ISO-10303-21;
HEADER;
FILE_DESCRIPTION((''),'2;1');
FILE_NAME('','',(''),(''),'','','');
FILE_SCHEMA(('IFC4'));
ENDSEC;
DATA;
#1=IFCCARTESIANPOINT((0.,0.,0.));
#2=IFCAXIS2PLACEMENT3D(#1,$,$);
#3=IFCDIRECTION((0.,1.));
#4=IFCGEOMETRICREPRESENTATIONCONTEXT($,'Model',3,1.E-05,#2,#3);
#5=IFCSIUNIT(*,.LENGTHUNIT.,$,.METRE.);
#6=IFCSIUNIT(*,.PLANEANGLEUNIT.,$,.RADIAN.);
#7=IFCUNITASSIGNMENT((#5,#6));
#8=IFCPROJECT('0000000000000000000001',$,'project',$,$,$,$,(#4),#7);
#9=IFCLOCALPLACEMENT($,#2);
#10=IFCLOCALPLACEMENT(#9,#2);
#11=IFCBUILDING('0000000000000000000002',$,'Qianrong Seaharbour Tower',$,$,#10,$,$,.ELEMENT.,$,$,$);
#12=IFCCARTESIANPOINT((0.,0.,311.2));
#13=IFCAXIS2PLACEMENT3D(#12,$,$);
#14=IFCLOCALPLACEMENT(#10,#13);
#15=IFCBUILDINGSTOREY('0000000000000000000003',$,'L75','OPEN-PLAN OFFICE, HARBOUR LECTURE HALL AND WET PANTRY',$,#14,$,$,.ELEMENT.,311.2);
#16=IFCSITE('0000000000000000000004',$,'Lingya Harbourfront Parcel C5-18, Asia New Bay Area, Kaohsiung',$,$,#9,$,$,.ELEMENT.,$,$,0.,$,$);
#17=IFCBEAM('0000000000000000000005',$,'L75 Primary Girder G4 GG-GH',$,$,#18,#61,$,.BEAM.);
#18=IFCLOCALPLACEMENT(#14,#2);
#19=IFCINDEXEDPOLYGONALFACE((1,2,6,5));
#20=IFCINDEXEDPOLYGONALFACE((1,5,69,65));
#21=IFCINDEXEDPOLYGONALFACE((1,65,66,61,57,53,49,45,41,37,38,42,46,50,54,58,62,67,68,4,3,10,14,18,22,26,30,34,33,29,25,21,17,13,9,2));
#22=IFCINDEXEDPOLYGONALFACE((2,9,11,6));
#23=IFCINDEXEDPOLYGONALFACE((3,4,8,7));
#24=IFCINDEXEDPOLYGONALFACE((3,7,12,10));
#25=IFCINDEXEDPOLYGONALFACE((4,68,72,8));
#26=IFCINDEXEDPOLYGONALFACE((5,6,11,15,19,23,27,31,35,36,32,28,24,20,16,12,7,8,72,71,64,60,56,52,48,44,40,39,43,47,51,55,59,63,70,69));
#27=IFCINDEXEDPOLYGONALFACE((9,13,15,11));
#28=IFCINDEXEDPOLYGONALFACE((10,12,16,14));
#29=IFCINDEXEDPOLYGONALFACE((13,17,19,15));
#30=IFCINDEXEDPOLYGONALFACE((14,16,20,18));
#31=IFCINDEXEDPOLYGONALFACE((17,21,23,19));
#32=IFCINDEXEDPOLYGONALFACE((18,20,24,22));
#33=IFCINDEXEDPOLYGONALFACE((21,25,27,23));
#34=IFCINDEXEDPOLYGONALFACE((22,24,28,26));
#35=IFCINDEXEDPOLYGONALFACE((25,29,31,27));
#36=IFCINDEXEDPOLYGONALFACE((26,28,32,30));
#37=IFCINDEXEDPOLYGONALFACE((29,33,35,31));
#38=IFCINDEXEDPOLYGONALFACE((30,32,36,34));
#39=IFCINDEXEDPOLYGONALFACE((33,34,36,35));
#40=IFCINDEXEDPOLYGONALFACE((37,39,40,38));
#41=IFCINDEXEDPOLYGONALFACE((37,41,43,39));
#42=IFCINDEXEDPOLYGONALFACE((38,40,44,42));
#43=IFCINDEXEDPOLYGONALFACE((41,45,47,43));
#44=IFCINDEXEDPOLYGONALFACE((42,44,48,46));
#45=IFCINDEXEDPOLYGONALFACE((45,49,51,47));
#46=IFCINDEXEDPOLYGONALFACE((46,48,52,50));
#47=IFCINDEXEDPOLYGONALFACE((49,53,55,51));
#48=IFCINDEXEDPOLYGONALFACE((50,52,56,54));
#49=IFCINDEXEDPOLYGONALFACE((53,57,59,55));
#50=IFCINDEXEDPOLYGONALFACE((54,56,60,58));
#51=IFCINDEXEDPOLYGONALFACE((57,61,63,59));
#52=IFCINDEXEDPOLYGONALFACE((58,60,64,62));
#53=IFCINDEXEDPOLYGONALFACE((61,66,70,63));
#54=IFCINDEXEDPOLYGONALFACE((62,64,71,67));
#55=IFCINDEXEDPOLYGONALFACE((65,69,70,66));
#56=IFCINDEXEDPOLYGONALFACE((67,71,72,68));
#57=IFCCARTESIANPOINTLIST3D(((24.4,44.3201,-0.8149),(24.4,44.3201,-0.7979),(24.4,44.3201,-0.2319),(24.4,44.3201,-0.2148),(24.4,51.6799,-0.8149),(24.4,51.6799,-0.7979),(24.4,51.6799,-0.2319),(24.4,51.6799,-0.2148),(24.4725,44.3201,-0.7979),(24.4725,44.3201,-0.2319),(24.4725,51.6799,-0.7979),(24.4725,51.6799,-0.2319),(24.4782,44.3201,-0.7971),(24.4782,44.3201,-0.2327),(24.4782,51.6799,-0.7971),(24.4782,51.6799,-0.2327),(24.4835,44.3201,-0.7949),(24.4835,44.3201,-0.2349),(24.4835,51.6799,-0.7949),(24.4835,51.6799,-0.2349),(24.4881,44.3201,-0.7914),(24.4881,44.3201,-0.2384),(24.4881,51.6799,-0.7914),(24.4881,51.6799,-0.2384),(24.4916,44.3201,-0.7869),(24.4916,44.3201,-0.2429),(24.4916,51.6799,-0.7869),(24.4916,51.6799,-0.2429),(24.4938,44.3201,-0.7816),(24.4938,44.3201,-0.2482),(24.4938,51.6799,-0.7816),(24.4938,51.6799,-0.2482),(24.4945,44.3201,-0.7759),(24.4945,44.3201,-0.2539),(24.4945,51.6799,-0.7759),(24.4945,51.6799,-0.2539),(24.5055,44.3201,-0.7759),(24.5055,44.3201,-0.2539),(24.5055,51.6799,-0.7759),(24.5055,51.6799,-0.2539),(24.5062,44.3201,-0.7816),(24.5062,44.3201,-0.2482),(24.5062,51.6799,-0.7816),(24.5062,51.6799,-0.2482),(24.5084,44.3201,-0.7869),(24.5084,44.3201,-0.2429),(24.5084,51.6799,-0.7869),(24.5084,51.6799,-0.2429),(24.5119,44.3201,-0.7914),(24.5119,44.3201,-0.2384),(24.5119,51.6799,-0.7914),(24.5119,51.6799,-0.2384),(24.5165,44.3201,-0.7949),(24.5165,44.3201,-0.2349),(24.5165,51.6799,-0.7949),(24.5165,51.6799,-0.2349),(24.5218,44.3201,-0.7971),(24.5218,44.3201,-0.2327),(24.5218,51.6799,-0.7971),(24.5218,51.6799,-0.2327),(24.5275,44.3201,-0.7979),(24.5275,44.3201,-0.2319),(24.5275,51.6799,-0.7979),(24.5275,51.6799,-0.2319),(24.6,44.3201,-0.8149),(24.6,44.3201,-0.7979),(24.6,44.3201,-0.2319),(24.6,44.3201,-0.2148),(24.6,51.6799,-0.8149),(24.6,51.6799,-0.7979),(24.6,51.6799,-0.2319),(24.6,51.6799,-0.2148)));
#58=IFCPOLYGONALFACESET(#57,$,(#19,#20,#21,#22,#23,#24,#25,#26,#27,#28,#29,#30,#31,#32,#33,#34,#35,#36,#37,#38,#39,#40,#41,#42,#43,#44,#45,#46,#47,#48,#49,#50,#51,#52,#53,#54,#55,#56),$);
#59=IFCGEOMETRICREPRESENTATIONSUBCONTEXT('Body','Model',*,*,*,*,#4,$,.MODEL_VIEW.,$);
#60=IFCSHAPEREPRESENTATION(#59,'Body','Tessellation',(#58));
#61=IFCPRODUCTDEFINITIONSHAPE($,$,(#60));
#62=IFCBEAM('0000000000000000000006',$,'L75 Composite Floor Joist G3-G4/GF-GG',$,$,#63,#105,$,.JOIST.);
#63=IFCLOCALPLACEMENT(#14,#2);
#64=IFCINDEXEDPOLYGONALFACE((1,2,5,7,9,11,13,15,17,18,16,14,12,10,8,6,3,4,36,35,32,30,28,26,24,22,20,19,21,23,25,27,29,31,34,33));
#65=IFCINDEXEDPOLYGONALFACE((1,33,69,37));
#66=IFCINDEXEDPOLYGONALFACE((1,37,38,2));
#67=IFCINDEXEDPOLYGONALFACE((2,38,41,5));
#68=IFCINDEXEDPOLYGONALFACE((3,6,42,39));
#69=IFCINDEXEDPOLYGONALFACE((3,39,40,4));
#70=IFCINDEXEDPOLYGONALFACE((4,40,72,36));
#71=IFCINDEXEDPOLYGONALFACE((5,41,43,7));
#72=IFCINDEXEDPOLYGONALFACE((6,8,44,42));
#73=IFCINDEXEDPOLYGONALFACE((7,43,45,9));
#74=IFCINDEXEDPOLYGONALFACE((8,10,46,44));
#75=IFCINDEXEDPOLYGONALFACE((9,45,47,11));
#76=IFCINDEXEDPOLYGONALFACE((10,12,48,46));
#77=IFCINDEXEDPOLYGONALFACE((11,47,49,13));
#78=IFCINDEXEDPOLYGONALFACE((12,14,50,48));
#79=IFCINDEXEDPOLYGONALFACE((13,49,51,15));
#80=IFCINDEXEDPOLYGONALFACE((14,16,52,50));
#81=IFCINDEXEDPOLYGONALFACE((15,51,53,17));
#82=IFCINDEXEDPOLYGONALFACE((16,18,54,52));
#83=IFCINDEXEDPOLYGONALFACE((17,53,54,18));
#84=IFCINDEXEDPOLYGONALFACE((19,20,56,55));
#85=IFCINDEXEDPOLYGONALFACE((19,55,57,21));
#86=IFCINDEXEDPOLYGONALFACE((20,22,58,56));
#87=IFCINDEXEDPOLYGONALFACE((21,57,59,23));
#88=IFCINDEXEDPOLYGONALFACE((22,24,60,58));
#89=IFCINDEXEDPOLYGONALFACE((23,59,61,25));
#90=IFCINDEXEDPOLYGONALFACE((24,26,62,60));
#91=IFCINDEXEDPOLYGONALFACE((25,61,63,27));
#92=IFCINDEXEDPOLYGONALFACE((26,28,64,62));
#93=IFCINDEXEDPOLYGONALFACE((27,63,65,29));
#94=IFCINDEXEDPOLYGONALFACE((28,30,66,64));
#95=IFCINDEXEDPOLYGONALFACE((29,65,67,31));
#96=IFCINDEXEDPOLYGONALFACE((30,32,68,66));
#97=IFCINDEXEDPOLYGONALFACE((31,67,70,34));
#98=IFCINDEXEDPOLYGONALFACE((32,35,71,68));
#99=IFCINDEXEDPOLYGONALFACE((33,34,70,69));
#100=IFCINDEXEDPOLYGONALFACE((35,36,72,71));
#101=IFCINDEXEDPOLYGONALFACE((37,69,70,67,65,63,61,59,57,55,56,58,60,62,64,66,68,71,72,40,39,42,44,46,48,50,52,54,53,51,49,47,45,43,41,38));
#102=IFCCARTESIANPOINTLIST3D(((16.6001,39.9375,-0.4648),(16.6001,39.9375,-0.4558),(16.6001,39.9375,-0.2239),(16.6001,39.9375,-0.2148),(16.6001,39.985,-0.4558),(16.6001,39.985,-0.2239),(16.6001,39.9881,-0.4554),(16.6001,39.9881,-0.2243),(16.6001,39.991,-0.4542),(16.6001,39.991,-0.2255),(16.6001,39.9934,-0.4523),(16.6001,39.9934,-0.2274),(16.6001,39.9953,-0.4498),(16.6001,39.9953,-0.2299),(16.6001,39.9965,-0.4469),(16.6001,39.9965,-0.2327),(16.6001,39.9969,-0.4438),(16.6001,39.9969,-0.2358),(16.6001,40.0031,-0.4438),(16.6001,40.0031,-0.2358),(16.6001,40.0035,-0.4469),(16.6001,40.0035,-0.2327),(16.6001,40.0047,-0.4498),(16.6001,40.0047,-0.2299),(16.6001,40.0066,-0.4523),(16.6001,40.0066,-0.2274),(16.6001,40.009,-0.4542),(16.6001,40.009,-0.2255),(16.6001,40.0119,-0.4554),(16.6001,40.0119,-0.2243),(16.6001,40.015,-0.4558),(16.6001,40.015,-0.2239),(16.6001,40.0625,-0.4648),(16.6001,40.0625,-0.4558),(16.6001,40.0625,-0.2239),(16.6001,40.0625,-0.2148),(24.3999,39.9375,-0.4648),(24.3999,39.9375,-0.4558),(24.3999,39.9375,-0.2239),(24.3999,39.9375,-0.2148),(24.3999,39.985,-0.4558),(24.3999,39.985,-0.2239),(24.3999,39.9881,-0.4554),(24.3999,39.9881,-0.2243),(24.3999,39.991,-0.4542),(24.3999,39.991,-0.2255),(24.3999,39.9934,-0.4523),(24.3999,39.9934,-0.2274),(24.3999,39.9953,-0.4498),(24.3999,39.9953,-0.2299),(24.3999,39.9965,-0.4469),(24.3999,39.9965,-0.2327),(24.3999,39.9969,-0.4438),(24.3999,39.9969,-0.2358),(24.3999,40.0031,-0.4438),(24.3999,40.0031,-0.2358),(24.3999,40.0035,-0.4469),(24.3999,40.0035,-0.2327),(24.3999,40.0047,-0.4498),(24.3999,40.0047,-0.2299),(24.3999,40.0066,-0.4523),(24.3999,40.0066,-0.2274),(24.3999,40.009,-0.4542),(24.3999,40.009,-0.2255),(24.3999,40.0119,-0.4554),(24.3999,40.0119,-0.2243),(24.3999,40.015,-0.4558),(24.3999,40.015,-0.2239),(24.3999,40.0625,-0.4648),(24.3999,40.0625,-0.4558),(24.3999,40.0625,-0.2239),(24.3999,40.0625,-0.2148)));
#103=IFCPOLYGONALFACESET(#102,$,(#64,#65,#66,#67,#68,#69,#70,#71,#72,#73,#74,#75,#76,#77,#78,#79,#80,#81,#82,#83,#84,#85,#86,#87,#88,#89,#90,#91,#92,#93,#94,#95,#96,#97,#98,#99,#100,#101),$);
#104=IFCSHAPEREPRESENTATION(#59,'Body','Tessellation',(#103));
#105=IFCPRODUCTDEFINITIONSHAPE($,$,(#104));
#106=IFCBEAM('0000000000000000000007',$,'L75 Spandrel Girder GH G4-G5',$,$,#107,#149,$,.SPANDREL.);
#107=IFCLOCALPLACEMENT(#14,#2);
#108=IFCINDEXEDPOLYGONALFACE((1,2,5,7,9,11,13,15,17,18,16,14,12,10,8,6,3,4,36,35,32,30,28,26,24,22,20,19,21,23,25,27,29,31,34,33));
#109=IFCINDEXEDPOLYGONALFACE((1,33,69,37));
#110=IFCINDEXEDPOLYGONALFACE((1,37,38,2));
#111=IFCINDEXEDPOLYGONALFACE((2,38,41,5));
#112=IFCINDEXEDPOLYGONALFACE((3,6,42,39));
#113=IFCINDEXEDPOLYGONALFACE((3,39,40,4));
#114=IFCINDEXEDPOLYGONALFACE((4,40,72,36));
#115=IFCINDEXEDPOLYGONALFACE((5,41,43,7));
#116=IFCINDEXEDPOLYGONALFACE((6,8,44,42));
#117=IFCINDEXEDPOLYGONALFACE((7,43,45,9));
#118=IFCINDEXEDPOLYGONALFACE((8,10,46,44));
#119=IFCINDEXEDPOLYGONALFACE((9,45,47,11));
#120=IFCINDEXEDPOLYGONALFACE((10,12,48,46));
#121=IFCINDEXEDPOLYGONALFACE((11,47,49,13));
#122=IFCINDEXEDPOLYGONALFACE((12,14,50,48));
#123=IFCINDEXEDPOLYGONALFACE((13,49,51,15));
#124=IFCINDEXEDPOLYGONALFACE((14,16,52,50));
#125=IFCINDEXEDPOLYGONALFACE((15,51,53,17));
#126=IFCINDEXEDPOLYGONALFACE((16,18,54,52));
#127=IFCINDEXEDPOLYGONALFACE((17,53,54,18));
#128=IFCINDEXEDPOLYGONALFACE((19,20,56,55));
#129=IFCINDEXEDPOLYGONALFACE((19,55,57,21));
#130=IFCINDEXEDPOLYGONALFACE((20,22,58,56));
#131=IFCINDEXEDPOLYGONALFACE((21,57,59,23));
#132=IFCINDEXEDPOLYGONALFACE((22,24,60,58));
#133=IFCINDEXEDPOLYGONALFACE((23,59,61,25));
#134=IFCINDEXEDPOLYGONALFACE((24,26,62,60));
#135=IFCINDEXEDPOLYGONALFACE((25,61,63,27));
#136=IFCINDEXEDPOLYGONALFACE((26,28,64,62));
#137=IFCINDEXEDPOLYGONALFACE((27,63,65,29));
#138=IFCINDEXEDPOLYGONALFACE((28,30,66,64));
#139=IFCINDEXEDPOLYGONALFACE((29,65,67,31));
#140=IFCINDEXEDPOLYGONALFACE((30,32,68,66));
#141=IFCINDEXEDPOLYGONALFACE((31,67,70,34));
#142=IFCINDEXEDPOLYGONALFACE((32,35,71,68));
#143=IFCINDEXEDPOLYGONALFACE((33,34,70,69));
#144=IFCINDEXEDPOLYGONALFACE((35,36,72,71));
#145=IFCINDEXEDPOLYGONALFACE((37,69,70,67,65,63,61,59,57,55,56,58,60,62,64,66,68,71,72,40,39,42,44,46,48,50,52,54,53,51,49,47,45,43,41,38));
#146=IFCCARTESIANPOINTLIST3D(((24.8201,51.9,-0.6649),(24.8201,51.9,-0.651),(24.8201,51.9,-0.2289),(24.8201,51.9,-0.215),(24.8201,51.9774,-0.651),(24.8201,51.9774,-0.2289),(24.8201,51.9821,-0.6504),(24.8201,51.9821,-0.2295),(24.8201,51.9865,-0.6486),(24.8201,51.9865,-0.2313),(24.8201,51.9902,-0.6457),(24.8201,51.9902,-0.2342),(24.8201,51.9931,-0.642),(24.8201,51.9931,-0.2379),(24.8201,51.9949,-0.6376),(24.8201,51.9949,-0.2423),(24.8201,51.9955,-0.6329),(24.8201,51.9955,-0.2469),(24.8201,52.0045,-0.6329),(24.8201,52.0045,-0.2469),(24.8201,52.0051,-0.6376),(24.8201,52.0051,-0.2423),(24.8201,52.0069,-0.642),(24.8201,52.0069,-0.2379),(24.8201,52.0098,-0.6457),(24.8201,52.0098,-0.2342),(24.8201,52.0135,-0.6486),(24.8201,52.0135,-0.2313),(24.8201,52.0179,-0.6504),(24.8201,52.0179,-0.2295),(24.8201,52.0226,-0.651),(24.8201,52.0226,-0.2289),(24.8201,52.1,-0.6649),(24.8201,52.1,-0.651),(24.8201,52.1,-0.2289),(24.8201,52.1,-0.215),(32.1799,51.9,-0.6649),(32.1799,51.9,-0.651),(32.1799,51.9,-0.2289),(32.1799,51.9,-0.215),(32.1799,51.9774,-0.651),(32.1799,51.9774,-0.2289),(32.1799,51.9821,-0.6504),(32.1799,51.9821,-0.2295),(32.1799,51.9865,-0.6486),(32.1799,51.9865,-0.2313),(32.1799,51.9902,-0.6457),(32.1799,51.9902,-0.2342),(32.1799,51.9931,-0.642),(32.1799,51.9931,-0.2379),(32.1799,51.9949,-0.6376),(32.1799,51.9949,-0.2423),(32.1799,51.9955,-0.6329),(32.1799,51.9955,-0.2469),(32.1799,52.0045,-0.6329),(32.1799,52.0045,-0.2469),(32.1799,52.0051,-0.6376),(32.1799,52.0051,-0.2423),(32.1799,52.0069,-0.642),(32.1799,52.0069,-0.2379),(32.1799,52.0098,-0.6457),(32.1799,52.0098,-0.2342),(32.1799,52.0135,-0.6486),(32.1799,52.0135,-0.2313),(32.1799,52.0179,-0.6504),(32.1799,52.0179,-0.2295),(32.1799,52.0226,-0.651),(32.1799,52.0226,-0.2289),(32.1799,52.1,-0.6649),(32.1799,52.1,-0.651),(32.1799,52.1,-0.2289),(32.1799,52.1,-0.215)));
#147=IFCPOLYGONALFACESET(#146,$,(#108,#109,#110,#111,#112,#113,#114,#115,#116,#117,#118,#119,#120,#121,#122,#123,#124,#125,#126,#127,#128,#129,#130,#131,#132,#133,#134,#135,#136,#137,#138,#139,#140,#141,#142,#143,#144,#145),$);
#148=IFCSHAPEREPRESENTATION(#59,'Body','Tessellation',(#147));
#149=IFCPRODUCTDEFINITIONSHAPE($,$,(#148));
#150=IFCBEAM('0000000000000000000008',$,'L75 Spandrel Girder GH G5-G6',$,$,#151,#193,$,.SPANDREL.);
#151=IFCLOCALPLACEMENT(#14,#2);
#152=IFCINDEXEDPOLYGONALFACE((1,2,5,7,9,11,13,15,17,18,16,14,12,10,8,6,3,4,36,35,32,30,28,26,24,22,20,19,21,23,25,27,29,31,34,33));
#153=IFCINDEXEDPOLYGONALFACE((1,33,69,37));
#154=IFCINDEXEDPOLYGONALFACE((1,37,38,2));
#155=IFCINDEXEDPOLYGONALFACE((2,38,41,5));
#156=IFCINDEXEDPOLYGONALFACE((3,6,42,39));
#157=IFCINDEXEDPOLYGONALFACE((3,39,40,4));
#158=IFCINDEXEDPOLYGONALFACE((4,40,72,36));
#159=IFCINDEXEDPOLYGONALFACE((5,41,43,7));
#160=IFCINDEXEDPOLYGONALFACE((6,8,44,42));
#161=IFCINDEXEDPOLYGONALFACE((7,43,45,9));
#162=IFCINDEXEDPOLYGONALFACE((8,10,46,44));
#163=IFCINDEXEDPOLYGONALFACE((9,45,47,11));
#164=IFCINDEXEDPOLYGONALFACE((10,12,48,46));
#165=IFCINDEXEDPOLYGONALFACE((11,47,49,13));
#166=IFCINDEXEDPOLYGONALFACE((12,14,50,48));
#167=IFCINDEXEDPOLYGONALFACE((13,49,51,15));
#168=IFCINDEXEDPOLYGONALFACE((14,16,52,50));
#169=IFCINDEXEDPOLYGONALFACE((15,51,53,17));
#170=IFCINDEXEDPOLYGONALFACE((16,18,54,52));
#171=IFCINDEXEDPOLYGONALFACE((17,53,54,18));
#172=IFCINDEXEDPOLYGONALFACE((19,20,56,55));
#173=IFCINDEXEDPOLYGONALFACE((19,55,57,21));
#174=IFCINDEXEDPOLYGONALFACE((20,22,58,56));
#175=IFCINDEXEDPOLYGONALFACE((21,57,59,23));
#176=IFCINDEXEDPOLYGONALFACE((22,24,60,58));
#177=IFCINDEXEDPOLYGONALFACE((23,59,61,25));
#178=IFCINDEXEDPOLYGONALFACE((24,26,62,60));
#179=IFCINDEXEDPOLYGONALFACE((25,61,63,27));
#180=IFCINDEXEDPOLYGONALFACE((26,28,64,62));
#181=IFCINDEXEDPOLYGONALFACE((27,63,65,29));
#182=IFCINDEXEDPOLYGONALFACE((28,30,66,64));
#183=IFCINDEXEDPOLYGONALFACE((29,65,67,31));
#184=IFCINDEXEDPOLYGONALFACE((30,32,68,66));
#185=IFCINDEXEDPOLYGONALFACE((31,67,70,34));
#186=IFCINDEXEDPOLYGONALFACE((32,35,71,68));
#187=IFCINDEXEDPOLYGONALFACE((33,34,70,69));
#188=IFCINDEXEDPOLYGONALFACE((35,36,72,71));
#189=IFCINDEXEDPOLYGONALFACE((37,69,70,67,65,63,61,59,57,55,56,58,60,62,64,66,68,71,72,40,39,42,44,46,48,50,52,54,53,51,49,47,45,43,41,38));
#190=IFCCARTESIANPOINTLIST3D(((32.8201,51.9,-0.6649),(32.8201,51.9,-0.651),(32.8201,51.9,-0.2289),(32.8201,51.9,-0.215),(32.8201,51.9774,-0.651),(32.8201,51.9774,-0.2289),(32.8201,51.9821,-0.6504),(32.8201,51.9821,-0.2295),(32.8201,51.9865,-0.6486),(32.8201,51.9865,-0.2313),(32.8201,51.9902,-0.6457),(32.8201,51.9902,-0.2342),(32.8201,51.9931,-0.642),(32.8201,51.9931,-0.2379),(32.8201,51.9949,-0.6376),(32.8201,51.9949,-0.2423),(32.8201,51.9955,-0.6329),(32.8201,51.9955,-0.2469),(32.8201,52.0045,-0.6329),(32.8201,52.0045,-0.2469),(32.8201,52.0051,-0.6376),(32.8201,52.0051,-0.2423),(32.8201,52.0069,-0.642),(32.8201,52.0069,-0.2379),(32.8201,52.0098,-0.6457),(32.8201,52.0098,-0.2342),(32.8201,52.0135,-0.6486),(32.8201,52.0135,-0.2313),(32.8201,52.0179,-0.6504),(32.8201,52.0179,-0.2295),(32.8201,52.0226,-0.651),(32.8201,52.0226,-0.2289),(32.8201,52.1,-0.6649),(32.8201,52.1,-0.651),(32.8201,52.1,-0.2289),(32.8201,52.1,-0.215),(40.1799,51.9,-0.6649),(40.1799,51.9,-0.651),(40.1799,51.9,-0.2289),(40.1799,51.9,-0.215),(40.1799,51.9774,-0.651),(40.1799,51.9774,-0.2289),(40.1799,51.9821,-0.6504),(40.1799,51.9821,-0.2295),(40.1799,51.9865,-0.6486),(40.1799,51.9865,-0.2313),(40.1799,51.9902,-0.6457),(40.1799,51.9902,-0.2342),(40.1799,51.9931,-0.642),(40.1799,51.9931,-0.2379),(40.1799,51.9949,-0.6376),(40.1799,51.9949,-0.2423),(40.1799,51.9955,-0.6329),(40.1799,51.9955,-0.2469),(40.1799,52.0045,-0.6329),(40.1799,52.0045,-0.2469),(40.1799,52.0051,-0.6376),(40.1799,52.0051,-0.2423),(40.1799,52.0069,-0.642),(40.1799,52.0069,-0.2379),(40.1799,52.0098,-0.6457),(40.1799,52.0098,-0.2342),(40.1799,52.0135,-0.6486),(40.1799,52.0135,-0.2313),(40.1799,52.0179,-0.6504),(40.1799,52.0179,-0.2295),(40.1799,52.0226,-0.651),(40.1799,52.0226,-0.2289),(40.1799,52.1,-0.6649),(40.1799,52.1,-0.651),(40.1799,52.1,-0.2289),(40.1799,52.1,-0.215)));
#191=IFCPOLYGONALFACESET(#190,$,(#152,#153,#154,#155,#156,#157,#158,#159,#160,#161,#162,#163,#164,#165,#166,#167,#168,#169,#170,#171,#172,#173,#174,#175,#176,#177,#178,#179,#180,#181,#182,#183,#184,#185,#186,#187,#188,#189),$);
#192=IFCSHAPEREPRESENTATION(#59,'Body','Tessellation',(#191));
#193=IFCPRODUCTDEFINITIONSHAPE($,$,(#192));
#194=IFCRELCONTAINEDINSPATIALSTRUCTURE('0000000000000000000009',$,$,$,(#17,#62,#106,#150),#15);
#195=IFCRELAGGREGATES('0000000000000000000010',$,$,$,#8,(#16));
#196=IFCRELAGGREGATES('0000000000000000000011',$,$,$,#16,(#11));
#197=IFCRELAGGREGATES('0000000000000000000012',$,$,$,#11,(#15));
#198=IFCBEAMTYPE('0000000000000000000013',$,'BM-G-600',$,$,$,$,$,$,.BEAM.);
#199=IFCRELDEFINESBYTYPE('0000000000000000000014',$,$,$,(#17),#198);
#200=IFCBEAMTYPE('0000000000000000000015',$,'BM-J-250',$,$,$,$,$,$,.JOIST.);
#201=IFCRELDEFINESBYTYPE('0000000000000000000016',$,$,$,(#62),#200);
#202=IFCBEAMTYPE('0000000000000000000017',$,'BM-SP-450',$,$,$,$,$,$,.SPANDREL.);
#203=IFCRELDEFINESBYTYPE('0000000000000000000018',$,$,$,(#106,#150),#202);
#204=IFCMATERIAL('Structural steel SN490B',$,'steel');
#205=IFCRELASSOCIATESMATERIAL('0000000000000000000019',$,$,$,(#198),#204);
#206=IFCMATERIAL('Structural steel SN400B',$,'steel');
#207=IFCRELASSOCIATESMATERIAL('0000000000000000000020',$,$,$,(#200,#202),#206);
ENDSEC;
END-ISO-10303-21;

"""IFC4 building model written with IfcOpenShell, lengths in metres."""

from ifc_helpers import new_model, si_unit, direction, frame, origin, origin_2d, place, context, subcontext, project, spatial, i_section, extrude, material, material_profile, profile_set, type_object, element, save


model = new_model("IFC4")

# Units and contexts
model_context = context("Model", 3, precision=1e-05, world=origin(), true_north=direction((0.0, 1.0)))
body_context = subcontext(model_context, "Body", "Model", "MODEL_VIEW")
ifc_project = project(units=[si_unit("LENGTHUNIT", "METRE"), si_unit("PLANEANGLEUNIT", "RADIAN")], contexts=[model_context])

# Site, building, storey
site_placement = place(None, origin())
site = spatial("IfcSite", under=ifc_project, at=site_placement, Name="Lingya Harbourfront Parcel C5-18, Asia New Bay Area, Kaohsiung", CompositionType="ELEMENT", RefElevation=0.0)
building_placement = place(site_placement, origin())
building = spatial("IfcBuilding", under=site, at=building_placement, Name="Qianrong Seaharbour Tower", CompositionType="ELEMENT")
storey_placement = place(building_placement, frame((0.0, 0.0, 311.2)))
storey = spatial("IfcBuildingStorey", under=building, at=storey_placement, Name="L75", Description="OPEN-PLAN OFFICE, HARBOUR LECTURE HALL AND WET PANTRY", CompositionType="ELEMENT", Elevation=311.2)

# Shared definitions
ifc_material_1 = material(Name="Structural steel SN490B", Category="steel")
ifc_material_2 = material(Name="Structural steel SN400B", Category="steel")

# Beams
ifc_material_profile_1 = material_profile(ifc_material_1, i_section(OverallWidth=0.2, OverallDepth=0.6001, WebThickness=0.011, FlangeThickness=0.0171, FilletRadius=0.022, at=origin_2d()), Name="H600x200x11x17")
ifc_profile_set_1 = profile_set([ifc_material_profile_1], Name="Structural steel SN490B")
beam_type_1 = type_object("IfcBeamType", Name="BM-G-600", PredefinedType="BEAM", material=ifc_profile_set_1)
for number, where, z_axis, x_axis, name in (
    (1, (24.5, 44.3201, -0.5149), (0.0, 1.0, 0.0), (-1.0, 0.0, 0.0), "L75 Primary Girder G4 GG-GH"),
):
    element("IfcBeam", number, at=place(storey_placement, frame(where, z_axis=z_axis, x_axis=x_axis)), inside=storey, type_object=beam_type_1, Name=name, PredefinedType="BEAM", context=body_context, shape_type="SweptSolid", body=[
        extrude(i_section(OverallWidth=0.2, OverallDepth=0.6001, WebThickness=0.011, FlangeThickness=0.0171, FilletRadius=0.022, at=origin_2d()), origin(), (0.0, 0.0, 1.0), 7.3599),
    ])
ifc_material_profile_2 = material_profile(ifc_material_2, i_section(OverallWidth=0.125, OverallDepth=0.25, WebThickness=0.0061, FlangeThickness=0.009, FilletRadius=0.012, at=origin_2d()), Name="H250x125x6x9")
ifc_profile_set_2 = profile_set([ifc_material_profile_2], Name="Structural steel SN400B")
beam_type_2 = type_object("IfcBeamType", Name="BM-J-250", PredefinedType="JOIST", material=ifc_profile_set_2)
beam_1_placement = place(storey_placement, frame((16.6001, 40.0, -0.3398), z_axis=(1.0, 0.0, 0.0), x_axis=(0.0, 1.0, 0.0)))
element("IfcBeam", 2, at=beam_1_placement, inside=storey, type_object=beam_type_2, Name="L75 Composite Floor Joist G3-G4/GF-GG", PredefinedType="JOIST", context=body_context, shape_type="SweptSolid", body=[
    extrude(i_section(OverallWidth=0.125, OverallDepth=0.25, WebThickness=0.0061, FlangeThickness=0.009, FilletRadius=0.012, at=origin_2d()), origin(), (0.0, 0.0, 1.0), 7.7998),
])
ifc_material_profile_3 = material_profile(ifc_material_2, i_section(OverallWidth=0.2, OverallDepth=0.45, WebThickness=0.009, FlangeThickness=0.0139, FilletRadius=0.0181, at=origin_2d()), Name="H450x200x9x14")
ifc_profile_set_3 = profile_set([ifc_material_profile_3], Name="Structural steel SN400B")
beam_type_3 = type_object("IfcBeamType", Name="BM-SP-450", PredefinedType="SPANDREL", material=ifc_profile_set_3)
for number, where, z_axis, x_axis, name in (
    (3, (24.8201, 52.0, -0.4399), (1.0, 0.0, 0.0), (0.0, 1.0, 0.0), "L75 Spandrel Girder GH G4-G5"),
    (4, (32.8201, 52.0, -0.4399), (1.0, 0.0, 0.0), (0.0, 1.0, 0.0), "L75 Spandrel Girder GH G5-G6"),
):
    element("IfcBeam", number, at=place(storey_placement, frame(where, z_axis=z_axis, x_axis=x_axis)), inside=storey, type_object=beam_type_3, Name=name, PredefinedType="SPANDREL", context=body_context, shape_type="SweptSolid", body=[
        extrude(i_section(OverallWidth=0.2, OverallDepth=0.45, WebThickness=0.009, FlangeThickness=0.0139, FilletRadius=0.0181, at=origin_2d()), origin(), (0.0, 0.0, 1.0), 7.3599),
    ])

save(model, "model.ifc")
